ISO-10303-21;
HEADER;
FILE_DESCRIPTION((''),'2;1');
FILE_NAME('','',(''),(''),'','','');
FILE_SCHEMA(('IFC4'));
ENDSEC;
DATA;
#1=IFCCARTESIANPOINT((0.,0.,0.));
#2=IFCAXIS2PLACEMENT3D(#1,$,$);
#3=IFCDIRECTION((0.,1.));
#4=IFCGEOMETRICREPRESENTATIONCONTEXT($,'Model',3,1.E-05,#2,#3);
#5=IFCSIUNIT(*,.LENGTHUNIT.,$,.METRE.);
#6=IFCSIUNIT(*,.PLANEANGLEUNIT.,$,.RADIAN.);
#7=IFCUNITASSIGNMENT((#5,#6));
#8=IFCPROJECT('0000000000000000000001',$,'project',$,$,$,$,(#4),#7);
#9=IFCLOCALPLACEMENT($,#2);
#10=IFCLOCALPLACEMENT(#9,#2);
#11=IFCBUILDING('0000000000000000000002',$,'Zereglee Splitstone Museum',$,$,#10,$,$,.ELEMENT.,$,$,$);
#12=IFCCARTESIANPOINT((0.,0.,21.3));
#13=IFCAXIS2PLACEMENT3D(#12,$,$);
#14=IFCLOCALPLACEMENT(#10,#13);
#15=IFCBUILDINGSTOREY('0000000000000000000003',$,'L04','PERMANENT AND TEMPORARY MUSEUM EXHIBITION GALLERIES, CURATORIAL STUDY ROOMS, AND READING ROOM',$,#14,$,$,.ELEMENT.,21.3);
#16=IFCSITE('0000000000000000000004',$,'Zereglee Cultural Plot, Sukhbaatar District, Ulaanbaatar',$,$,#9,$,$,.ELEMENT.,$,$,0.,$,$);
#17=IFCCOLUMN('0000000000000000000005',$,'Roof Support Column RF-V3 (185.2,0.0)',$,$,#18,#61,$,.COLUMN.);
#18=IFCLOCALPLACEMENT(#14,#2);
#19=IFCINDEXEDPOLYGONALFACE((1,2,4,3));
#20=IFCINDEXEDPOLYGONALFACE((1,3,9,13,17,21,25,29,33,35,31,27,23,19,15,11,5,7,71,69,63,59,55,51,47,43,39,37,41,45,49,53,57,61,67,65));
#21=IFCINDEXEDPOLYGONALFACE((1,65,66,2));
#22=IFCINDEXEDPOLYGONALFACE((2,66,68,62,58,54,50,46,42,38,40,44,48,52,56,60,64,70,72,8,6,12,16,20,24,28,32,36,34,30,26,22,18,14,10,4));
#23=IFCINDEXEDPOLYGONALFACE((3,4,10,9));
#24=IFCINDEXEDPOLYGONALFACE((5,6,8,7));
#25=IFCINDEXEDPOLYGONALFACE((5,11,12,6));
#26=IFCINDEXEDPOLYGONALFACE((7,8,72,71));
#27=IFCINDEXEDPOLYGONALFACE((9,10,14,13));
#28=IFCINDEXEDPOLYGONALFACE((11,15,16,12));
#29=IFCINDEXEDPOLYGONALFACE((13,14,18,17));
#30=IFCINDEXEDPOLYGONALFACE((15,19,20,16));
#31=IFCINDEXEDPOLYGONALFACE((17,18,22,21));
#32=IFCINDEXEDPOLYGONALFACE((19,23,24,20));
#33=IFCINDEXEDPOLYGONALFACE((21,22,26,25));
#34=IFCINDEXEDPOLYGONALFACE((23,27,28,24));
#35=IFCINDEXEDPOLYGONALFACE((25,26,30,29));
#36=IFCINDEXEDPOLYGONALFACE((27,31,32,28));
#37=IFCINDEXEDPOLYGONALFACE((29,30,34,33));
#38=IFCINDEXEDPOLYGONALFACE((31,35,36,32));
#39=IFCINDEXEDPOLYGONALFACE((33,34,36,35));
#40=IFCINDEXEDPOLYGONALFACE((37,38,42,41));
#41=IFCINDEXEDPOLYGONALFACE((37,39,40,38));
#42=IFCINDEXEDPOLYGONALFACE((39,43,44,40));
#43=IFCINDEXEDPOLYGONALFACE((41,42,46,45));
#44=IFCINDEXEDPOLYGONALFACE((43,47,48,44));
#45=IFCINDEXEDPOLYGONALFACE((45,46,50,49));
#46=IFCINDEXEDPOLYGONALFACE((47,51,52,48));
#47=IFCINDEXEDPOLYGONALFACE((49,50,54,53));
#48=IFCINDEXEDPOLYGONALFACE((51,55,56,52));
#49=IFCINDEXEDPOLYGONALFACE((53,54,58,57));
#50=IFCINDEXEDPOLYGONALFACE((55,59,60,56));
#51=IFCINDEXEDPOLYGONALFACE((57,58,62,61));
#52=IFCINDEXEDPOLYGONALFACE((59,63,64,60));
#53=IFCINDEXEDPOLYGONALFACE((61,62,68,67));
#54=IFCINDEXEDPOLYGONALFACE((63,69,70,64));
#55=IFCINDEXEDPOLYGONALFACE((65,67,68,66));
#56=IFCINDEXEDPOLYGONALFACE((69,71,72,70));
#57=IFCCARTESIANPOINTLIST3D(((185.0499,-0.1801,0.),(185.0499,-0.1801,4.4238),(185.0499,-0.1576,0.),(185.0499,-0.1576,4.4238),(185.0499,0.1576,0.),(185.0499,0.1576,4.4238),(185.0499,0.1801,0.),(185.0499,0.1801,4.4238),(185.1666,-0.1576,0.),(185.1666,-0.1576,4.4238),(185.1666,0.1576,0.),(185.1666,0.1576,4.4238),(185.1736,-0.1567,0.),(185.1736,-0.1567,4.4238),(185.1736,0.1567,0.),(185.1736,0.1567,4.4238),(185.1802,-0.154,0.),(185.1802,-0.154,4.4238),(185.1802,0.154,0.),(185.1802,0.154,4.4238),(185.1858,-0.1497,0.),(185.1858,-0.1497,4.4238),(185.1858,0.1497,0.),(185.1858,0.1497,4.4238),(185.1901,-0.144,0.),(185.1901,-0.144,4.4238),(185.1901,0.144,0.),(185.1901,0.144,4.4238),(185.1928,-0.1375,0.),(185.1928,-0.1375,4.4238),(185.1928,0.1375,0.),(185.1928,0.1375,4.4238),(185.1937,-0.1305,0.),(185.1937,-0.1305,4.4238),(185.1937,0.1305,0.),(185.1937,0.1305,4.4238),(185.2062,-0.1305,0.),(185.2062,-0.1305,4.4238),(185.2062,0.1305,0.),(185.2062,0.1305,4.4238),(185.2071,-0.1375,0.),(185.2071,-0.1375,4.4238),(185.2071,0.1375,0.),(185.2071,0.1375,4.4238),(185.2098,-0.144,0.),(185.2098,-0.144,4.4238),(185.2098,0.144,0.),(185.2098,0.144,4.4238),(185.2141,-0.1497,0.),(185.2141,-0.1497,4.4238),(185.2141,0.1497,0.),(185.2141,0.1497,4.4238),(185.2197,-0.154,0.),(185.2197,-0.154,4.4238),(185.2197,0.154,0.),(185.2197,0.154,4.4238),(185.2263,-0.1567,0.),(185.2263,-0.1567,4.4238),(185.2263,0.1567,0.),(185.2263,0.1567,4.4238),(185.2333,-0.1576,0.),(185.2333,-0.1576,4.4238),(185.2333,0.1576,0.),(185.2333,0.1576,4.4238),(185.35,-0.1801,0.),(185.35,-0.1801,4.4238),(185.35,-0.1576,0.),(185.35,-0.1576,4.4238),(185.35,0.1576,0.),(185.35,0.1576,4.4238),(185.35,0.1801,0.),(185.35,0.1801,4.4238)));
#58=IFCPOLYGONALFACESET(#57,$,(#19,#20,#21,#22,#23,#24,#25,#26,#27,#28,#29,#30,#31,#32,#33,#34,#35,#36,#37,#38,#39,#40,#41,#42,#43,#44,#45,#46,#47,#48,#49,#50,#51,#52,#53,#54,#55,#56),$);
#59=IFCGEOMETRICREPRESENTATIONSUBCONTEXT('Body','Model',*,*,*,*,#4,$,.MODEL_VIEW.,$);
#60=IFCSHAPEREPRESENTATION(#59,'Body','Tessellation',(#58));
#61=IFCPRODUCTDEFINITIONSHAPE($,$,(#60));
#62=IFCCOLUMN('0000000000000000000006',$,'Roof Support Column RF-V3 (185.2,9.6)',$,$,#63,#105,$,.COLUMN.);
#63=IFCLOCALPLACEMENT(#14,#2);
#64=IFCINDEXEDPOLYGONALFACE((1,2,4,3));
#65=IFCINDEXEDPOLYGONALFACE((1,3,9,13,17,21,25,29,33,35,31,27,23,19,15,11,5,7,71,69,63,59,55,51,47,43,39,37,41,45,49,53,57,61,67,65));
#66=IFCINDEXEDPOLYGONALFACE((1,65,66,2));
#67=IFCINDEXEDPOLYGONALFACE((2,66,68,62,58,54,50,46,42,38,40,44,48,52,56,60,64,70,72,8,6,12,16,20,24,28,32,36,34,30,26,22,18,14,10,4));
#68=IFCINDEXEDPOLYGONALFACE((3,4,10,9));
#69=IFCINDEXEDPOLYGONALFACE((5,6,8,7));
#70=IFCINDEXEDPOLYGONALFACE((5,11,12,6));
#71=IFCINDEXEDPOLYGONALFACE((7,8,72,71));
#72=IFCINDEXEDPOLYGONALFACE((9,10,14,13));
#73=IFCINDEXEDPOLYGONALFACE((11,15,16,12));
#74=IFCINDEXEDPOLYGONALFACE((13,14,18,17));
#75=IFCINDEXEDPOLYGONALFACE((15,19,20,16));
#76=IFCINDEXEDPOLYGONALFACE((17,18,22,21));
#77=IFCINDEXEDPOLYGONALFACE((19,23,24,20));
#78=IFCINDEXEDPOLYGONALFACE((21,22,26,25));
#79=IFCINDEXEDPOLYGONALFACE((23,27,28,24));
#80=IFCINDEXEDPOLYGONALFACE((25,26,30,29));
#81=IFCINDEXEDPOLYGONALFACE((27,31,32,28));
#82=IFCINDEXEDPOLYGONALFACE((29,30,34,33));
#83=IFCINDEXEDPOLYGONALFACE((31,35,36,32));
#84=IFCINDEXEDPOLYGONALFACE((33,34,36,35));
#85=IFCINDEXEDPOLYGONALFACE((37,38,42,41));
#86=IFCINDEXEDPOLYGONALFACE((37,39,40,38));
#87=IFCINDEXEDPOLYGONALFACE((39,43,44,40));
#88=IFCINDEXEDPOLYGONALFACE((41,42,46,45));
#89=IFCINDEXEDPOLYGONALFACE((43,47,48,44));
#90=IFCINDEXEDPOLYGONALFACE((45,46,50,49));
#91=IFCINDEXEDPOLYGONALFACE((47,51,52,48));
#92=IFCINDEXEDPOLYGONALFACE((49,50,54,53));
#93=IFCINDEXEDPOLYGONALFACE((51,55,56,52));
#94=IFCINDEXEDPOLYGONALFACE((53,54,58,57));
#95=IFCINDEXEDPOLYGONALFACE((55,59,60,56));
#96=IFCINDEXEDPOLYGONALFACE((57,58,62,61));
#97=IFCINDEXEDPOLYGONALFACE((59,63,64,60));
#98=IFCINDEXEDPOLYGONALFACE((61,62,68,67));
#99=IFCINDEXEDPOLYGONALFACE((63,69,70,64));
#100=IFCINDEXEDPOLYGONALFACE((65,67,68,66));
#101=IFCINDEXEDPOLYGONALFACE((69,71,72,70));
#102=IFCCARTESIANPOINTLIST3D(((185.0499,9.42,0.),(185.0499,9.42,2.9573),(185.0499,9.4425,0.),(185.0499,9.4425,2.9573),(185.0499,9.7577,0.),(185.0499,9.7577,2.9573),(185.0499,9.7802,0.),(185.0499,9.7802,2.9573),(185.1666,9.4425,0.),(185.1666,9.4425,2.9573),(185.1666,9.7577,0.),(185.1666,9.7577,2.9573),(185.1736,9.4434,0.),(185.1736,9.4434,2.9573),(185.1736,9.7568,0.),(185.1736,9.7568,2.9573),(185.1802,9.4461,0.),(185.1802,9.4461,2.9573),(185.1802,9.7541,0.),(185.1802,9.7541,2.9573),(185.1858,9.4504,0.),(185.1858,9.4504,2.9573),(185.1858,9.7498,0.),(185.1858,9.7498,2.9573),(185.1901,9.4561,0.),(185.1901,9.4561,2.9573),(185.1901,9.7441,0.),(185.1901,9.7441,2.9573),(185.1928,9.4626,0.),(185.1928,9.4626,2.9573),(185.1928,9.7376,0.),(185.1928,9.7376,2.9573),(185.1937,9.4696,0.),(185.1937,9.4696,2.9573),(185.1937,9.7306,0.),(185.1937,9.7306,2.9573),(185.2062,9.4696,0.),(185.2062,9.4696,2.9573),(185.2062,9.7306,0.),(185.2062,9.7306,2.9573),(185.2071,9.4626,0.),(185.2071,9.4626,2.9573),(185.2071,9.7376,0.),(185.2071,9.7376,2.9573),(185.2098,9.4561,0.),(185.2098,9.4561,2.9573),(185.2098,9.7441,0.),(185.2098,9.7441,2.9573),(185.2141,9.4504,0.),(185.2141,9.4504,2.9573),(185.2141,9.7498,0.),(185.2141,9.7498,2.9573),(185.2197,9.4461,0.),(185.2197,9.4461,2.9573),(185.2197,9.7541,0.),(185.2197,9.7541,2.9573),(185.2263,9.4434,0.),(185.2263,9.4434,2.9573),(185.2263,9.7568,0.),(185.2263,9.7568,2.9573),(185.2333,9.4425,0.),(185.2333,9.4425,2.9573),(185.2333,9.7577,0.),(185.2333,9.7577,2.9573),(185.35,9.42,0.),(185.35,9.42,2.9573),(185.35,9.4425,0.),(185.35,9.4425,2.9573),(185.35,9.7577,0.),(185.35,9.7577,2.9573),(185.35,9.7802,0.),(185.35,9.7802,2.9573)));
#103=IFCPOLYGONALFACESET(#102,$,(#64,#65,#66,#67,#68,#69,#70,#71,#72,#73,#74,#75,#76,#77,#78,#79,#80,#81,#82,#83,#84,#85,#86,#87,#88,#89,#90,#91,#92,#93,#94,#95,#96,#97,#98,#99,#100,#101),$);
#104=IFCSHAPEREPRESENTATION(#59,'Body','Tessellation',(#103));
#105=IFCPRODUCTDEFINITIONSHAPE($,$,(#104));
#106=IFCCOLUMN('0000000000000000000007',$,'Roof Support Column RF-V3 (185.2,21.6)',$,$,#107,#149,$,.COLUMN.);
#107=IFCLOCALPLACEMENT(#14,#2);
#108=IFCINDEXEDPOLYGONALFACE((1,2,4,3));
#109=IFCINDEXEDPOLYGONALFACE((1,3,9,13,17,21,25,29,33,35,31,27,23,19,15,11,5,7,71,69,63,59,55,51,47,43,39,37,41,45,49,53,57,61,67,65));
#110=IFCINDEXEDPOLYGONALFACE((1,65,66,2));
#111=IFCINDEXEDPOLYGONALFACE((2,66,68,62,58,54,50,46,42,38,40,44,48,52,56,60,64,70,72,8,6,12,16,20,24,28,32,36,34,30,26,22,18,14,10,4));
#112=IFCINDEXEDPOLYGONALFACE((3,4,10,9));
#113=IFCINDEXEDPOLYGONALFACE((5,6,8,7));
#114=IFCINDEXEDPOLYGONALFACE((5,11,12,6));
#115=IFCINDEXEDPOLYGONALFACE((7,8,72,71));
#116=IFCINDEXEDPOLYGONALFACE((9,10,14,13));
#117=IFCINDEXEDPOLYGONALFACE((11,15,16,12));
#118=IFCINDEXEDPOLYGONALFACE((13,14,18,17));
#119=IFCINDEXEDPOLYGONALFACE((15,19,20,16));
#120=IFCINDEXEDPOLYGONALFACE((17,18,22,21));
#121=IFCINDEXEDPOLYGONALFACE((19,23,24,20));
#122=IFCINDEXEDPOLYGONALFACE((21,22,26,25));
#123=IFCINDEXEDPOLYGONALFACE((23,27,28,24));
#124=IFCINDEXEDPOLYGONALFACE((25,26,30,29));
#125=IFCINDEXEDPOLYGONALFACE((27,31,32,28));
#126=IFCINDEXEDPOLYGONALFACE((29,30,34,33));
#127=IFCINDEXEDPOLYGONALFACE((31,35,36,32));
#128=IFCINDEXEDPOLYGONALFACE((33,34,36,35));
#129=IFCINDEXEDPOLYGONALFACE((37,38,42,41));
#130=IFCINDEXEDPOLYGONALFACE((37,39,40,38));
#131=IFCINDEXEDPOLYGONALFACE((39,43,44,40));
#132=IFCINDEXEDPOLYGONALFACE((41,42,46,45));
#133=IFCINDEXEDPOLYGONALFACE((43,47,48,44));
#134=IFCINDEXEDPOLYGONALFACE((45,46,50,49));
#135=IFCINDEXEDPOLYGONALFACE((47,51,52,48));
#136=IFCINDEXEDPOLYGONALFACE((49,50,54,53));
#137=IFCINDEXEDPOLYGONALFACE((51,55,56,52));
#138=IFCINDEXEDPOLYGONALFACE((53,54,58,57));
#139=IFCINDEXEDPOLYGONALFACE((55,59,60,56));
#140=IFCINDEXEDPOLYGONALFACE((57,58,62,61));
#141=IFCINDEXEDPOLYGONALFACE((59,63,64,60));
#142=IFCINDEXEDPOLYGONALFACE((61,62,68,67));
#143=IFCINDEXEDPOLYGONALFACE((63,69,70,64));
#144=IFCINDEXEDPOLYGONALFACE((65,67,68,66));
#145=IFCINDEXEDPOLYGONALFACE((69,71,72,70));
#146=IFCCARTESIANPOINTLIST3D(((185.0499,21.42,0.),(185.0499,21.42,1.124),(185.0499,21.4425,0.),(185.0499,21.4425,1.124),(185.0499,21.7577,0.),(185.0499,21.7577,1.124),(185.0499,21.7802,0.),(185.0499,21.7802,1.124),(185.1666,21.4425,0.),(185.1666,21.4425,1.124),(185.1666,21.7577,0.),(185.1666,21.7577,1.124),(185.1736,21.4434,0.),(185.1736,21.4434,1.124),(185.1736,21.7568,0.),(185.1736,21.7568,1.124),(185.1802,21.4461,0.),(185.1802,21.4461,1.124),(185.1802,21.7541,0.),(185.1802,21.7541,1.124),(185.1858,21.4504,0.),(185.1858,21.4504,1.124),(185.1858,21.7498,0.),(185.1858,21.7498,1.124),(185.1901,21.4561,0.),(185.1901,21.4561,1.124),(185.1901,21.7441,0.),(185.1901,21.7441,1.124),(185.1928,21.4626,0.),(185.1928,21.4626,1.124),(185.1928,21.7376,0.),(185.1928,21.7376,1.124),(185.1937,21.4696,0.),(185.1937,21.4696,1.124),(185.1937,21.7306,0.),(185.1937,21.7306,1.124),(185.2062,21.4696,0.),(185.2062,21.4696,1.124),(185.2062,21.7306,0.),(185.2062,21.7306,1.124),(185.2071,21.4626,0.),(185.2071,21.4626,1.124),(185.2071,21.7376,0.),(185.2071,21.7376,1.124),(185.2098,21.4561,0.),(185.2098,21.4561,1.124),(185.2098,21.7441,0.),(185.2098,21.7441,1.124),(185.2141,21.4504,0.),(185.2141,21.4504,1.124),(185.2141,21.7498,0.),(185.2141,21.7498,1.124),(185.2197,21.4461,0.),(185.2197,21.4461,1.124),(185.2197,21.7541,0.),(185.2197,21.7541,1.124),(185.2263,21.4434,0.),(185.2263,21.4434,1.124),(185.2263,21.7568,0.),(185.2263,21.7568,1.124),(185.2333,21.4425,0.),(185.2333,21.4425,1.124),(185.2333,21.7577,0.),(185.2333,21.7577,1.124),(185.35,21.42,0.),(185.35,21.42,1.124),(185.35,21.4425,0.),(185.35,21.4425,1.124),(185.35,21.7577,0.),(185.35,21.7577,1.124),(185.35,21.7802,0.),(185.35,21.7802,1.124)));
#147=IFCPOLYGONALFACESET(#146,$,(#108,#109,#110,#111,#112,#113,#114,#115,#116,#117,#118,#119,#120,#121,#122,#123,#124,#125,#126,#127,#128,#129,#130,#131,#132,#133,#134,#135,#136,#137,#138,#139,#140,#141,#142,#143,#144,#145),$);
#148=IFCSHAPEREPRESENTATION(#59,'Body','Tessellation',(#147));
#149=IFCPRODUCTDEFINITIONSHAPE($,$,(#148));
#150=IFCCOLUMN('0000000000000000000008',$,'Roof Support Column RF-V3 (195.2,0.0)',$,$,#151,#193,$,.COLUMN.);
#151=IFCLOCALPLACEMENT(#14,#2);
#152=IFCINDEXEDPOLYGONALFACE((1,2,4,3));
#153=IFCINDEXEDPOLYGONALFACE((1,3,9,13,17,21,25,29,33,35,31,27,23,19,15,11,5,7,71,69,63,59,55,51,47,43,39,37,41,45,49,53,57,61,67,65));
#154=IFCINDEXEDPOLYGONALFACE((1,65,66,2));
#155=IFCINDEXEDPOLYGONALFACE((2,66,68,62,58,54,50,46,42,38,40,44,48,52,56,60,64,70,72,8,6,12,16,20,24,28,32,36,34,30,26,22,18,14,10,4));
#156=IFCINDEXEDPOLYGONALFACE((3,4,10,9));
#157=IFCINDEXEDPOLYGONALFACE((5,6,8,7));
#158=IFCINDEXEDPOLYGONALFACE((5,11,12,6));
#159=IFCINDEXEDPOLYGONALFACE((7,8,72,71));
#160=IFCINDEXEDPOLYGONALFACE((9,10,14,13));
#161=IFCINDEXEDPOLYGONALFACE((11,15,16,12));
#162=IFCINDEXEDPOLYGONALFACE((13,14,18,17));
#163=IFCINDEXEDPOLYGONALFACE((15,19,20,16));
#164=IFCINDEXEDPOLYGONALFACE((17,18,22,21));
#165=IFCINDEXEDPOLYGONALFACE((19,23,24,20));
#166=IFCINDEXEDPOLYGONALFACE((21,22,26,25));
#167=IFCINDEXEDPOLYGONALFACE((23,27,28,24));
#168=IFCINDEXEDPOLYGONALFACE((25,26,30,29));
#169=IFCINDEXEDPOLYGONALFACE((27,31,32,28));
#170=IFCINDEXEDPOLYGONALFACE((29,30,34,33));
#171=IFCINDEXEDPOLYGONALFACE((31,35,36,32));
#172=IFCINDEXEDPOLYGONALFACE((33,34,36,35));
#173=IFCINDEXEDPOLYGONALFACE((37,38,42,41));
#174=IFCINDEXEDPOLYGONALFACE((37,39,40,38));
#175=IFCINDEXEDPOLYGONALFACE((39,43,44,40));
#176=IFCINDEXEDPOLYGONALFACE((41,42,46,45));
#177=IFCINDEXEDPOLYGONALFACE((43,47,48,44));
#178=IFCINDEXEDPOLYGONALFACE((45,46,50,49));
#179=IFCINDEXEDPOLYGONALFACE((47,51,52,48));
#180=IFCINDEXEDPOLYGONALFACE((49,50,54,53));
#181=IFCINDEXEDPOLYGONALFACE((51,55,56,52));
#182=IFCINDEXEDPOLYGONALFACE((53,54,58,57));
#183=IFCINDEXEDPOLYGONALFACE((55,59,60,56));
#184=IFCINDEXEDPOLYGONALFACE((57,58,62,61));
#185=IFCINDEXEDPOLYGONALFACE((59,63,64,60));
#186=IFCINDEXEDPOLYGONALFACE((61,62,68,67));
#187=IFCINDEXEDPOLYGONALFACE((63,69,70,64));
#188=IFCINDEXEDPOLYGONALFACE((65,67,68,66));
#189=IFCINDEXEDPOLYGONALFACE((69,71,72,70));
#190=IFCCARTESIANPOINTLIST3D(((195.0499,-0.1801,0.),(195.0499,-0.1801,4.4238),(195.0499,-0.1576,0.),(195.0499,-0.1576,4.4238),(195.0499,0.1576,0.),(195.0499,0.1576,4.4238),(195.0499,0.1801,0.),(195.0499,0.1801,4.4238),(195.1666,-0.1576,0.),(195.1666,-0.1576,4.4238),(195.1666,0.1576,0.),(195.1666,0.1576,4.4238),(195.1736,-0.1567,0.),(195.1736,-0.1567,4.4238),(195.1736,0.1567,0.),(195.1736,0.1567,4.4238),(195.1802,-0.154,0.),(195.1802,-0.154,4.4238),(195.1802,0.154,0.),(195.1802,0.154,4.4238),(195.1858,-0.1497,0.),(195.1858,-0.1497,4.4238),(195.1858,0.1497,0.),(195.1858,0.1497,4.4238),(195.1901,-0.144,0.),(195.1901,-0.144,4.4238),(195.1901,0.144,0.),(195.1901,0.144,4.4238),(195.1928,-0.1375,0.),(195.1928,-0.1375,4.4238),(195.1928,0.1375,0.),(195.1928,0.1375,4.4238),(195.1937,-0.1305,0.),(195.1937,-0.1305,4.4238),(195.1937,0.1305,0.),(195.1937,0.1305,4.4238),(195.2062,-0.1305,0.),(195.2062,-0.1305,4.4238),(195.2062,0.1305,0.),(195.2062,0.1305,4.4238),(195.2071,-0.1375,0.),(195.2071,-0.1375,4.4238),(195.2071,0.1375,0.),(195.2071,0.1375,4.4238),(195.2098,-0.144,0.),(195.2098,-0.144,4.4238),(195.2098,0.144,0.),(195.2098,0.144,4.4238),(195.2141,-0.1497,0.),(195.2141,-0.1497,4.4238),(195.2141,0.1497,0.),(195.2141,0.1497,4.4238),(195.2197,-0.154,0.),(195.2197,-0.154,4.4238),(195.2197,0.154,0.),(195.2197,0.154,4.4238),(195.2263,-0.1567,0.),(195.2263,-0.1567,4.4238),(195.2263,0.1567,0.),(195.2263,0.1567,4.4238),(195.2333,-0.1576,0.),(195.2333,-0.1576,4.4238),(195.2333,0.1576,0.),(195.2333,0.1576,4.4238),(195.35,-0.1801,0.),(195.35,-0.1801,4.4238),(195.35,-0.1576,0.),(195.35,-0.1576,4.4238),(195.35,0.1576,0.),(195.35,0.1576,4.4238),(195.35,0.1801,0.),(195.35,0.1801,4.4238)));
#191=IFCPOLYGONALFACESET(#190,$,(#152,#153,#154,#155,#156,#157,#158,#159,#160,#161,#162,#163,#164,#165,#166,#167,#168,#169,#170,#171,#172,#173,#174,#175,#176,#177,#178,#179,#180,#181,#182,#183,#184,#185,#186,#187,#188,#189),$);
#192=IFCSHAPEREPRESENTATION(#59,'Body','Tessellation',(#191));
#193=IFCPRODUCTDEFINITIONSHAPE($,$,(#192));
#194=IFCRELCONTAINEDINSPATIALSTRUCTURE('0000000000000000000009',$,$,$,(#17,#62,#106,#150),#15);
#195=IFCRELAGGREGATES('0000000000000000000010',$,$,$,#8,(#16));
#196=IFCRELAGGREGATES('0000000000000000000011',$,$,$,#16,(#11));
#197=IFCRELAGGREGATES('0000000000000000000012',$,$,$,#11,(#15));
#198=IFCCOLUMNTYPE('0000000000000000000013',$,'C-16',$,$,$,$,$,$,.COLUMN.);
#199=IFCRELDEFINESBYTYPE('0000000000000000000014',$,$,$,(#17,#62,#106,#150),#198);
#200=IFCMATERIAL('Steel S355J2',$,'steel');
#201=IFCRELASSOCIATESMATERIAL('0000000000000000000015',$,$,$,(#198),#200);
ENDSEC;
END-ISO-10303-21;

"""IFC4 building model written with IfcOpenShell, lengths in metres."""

from ifc_helpers import new_model, si_unit, direction, frame, origin, origin_2d, place, context, subcontext, project, spatial, i_section, extrude, material, material_profile, profile_set, type_object, element, save


model = new_model("IFC4")

# Units and contexts
model_context = context("Model", 3, precision=1e-05, world=origin(), true_north=direction((0.0, 1.0)))
body_context = subcontext(model_context, "Body", "Model", "MODEL_VIEW")
ifc_project = project(units=[si_unit("LENGTHUNIT", "METRE"), si_unit("PLANEANGLEUNIT", "RADIAN")], contexts=[model_context])

# Site, building, storey
site_placement = place(None, origin())
site = spatial("IfcSite", under=ifc_project, at=site_placement, Name="Zereglee Cultural Plot, Sukhbaatar District, Ulaanbaatar", CompositionType="ELEMENT", RefElevation=0.0)
building_placement = place(site_placement, origin())
building = spatial("IfcBuilding", under=site, at=building_placement, Name="Zereglee Splitstone Museum", CompositionType="ELEMENT")
storey_placement = place(building_placement, frame((0.0, 0.0, 21.3)))
storey = spatial("IfcBuildingStorey", under=building, at=storey_placement, Name="L04", Description="PERMANENT AND TEMPORARY MUSEUM EXHIBITION GALLERIES, CURATORIAL STUDY ROOMS, AND READING ROOM", CompositionType="ELEMENT", Elevation=21.3)

# Columns
ifc_material_1 = material(Name="Steel S355J2", Category="steel")
ifc_material_profile_1 = material_profile(ifc_material_1, i_section(OverallWidth=0.3, OverallDepth=0.3601, WebThickness=0.0125, FlangeThickness=0.0225, FilletRadius=0.0271, at=origin_2d()), Name="HE 360 B")
ifc_profile_set_1 = profile_set([ifc_material_profile_1], Name="Steel S355J2")
column_type = type_object("IfcColumnType", Name="C-16", PredefinedType="COLUMN", material=ifc_profile_set_1)
column_1_placement = place(storey_placement, frame((185.2, 0.0, 0.0), z_axis=(0.0, 0.0, 1.0), x_axis=(1.0, 0.0, 0.0)))
element("IfcColumn", 1, at=column_1_placement, inside=storey, type_object=column_type, Name="Roof Support Column RF-V3 (185.2,0.0)", PredefinedType="COLUMN", context=body_context, shape_type="SweptSolid", body=[
    extrude(i_section(OverallWidth=0.3, OverallDepth=0.3601, WebThickness=0.0125, FlangeThickness=0.0225, FilletRadius=0.0271, at=origin_2d()), origin(), (0.0, 0.0, 1.0), 4.4238),
])
column_2_placement = place(storey_placement, frame((185.2, 9.6001, 0.0), z_axis=(0.0, 0.0, 1.0), x_axis=(1.0, 0.0, 0.0)))
element("IfcColumn", 2, at=column_2_placement, inside=storey, type_object=column_type, Name="Roof Support Column RF-V3 (185.2,9.6)", PredefinedType="COLUMN", context=body_context, shape_type="SweptSolid", body=[
    extrude(i_section(OverallWidth=0.3, OverallDepth=0.3601, WebThickness=0.0125, FlangeThickness=0.0225, FilletRadius=0.0271, at=origin_2d()), origin(), (0.0, 0.0, 1.0), 2.9573),
])
column_3_placement = place(storey_placement, frame((185.2, 21.6001, 0.0), z_axis=(0.0, 0.0, 1.0), x_axis=(1.0, 0.0, 0.0)))
element("IfcColumn", 3, at=column_3_placement, inside=storey, type_object=column_type, Name="Roof Support Column RF-V3 (185.2,21.6)", PredefinedType="COLUMN", context=body_context, shape_type="SweptSolid", body=[
    extrude(i_section(OverallWidth=0.3, OverallDepth=0.3601, WebThickness=0.0125, FlangeThickness=0.0225, FilletRadius=0.0271, at=origin_2d()), origin(), (0.0, 0.0, 1.0), 1.124),
])
column_4_placement = place(storey_placement, frame((195.2, 0.0, 0.0), z_axis=(0.0, 0.0, 1.0), x_axis=(1.0, 0.0, 0.0)))
element("IfcColumn", 4, at=column_4_placement, inside=storey, type_object=column_type, Name="Roof Support Column RF-V3 (195.2,0.0)", PredefinedType="COLUMN", context=body_context, shape_type="SweptSolid", body=[
    extrude(i_section(OverallWidth=0.3, OverallDepth=0.3601, WebThickness=0.0125, FlangeThickness=0.0225, FilletRadius=0.0271, at=origin_2d()), origin(), (0.0, 0.0, 1.0), 4.4238),
])

save(model, "model.ifc")
